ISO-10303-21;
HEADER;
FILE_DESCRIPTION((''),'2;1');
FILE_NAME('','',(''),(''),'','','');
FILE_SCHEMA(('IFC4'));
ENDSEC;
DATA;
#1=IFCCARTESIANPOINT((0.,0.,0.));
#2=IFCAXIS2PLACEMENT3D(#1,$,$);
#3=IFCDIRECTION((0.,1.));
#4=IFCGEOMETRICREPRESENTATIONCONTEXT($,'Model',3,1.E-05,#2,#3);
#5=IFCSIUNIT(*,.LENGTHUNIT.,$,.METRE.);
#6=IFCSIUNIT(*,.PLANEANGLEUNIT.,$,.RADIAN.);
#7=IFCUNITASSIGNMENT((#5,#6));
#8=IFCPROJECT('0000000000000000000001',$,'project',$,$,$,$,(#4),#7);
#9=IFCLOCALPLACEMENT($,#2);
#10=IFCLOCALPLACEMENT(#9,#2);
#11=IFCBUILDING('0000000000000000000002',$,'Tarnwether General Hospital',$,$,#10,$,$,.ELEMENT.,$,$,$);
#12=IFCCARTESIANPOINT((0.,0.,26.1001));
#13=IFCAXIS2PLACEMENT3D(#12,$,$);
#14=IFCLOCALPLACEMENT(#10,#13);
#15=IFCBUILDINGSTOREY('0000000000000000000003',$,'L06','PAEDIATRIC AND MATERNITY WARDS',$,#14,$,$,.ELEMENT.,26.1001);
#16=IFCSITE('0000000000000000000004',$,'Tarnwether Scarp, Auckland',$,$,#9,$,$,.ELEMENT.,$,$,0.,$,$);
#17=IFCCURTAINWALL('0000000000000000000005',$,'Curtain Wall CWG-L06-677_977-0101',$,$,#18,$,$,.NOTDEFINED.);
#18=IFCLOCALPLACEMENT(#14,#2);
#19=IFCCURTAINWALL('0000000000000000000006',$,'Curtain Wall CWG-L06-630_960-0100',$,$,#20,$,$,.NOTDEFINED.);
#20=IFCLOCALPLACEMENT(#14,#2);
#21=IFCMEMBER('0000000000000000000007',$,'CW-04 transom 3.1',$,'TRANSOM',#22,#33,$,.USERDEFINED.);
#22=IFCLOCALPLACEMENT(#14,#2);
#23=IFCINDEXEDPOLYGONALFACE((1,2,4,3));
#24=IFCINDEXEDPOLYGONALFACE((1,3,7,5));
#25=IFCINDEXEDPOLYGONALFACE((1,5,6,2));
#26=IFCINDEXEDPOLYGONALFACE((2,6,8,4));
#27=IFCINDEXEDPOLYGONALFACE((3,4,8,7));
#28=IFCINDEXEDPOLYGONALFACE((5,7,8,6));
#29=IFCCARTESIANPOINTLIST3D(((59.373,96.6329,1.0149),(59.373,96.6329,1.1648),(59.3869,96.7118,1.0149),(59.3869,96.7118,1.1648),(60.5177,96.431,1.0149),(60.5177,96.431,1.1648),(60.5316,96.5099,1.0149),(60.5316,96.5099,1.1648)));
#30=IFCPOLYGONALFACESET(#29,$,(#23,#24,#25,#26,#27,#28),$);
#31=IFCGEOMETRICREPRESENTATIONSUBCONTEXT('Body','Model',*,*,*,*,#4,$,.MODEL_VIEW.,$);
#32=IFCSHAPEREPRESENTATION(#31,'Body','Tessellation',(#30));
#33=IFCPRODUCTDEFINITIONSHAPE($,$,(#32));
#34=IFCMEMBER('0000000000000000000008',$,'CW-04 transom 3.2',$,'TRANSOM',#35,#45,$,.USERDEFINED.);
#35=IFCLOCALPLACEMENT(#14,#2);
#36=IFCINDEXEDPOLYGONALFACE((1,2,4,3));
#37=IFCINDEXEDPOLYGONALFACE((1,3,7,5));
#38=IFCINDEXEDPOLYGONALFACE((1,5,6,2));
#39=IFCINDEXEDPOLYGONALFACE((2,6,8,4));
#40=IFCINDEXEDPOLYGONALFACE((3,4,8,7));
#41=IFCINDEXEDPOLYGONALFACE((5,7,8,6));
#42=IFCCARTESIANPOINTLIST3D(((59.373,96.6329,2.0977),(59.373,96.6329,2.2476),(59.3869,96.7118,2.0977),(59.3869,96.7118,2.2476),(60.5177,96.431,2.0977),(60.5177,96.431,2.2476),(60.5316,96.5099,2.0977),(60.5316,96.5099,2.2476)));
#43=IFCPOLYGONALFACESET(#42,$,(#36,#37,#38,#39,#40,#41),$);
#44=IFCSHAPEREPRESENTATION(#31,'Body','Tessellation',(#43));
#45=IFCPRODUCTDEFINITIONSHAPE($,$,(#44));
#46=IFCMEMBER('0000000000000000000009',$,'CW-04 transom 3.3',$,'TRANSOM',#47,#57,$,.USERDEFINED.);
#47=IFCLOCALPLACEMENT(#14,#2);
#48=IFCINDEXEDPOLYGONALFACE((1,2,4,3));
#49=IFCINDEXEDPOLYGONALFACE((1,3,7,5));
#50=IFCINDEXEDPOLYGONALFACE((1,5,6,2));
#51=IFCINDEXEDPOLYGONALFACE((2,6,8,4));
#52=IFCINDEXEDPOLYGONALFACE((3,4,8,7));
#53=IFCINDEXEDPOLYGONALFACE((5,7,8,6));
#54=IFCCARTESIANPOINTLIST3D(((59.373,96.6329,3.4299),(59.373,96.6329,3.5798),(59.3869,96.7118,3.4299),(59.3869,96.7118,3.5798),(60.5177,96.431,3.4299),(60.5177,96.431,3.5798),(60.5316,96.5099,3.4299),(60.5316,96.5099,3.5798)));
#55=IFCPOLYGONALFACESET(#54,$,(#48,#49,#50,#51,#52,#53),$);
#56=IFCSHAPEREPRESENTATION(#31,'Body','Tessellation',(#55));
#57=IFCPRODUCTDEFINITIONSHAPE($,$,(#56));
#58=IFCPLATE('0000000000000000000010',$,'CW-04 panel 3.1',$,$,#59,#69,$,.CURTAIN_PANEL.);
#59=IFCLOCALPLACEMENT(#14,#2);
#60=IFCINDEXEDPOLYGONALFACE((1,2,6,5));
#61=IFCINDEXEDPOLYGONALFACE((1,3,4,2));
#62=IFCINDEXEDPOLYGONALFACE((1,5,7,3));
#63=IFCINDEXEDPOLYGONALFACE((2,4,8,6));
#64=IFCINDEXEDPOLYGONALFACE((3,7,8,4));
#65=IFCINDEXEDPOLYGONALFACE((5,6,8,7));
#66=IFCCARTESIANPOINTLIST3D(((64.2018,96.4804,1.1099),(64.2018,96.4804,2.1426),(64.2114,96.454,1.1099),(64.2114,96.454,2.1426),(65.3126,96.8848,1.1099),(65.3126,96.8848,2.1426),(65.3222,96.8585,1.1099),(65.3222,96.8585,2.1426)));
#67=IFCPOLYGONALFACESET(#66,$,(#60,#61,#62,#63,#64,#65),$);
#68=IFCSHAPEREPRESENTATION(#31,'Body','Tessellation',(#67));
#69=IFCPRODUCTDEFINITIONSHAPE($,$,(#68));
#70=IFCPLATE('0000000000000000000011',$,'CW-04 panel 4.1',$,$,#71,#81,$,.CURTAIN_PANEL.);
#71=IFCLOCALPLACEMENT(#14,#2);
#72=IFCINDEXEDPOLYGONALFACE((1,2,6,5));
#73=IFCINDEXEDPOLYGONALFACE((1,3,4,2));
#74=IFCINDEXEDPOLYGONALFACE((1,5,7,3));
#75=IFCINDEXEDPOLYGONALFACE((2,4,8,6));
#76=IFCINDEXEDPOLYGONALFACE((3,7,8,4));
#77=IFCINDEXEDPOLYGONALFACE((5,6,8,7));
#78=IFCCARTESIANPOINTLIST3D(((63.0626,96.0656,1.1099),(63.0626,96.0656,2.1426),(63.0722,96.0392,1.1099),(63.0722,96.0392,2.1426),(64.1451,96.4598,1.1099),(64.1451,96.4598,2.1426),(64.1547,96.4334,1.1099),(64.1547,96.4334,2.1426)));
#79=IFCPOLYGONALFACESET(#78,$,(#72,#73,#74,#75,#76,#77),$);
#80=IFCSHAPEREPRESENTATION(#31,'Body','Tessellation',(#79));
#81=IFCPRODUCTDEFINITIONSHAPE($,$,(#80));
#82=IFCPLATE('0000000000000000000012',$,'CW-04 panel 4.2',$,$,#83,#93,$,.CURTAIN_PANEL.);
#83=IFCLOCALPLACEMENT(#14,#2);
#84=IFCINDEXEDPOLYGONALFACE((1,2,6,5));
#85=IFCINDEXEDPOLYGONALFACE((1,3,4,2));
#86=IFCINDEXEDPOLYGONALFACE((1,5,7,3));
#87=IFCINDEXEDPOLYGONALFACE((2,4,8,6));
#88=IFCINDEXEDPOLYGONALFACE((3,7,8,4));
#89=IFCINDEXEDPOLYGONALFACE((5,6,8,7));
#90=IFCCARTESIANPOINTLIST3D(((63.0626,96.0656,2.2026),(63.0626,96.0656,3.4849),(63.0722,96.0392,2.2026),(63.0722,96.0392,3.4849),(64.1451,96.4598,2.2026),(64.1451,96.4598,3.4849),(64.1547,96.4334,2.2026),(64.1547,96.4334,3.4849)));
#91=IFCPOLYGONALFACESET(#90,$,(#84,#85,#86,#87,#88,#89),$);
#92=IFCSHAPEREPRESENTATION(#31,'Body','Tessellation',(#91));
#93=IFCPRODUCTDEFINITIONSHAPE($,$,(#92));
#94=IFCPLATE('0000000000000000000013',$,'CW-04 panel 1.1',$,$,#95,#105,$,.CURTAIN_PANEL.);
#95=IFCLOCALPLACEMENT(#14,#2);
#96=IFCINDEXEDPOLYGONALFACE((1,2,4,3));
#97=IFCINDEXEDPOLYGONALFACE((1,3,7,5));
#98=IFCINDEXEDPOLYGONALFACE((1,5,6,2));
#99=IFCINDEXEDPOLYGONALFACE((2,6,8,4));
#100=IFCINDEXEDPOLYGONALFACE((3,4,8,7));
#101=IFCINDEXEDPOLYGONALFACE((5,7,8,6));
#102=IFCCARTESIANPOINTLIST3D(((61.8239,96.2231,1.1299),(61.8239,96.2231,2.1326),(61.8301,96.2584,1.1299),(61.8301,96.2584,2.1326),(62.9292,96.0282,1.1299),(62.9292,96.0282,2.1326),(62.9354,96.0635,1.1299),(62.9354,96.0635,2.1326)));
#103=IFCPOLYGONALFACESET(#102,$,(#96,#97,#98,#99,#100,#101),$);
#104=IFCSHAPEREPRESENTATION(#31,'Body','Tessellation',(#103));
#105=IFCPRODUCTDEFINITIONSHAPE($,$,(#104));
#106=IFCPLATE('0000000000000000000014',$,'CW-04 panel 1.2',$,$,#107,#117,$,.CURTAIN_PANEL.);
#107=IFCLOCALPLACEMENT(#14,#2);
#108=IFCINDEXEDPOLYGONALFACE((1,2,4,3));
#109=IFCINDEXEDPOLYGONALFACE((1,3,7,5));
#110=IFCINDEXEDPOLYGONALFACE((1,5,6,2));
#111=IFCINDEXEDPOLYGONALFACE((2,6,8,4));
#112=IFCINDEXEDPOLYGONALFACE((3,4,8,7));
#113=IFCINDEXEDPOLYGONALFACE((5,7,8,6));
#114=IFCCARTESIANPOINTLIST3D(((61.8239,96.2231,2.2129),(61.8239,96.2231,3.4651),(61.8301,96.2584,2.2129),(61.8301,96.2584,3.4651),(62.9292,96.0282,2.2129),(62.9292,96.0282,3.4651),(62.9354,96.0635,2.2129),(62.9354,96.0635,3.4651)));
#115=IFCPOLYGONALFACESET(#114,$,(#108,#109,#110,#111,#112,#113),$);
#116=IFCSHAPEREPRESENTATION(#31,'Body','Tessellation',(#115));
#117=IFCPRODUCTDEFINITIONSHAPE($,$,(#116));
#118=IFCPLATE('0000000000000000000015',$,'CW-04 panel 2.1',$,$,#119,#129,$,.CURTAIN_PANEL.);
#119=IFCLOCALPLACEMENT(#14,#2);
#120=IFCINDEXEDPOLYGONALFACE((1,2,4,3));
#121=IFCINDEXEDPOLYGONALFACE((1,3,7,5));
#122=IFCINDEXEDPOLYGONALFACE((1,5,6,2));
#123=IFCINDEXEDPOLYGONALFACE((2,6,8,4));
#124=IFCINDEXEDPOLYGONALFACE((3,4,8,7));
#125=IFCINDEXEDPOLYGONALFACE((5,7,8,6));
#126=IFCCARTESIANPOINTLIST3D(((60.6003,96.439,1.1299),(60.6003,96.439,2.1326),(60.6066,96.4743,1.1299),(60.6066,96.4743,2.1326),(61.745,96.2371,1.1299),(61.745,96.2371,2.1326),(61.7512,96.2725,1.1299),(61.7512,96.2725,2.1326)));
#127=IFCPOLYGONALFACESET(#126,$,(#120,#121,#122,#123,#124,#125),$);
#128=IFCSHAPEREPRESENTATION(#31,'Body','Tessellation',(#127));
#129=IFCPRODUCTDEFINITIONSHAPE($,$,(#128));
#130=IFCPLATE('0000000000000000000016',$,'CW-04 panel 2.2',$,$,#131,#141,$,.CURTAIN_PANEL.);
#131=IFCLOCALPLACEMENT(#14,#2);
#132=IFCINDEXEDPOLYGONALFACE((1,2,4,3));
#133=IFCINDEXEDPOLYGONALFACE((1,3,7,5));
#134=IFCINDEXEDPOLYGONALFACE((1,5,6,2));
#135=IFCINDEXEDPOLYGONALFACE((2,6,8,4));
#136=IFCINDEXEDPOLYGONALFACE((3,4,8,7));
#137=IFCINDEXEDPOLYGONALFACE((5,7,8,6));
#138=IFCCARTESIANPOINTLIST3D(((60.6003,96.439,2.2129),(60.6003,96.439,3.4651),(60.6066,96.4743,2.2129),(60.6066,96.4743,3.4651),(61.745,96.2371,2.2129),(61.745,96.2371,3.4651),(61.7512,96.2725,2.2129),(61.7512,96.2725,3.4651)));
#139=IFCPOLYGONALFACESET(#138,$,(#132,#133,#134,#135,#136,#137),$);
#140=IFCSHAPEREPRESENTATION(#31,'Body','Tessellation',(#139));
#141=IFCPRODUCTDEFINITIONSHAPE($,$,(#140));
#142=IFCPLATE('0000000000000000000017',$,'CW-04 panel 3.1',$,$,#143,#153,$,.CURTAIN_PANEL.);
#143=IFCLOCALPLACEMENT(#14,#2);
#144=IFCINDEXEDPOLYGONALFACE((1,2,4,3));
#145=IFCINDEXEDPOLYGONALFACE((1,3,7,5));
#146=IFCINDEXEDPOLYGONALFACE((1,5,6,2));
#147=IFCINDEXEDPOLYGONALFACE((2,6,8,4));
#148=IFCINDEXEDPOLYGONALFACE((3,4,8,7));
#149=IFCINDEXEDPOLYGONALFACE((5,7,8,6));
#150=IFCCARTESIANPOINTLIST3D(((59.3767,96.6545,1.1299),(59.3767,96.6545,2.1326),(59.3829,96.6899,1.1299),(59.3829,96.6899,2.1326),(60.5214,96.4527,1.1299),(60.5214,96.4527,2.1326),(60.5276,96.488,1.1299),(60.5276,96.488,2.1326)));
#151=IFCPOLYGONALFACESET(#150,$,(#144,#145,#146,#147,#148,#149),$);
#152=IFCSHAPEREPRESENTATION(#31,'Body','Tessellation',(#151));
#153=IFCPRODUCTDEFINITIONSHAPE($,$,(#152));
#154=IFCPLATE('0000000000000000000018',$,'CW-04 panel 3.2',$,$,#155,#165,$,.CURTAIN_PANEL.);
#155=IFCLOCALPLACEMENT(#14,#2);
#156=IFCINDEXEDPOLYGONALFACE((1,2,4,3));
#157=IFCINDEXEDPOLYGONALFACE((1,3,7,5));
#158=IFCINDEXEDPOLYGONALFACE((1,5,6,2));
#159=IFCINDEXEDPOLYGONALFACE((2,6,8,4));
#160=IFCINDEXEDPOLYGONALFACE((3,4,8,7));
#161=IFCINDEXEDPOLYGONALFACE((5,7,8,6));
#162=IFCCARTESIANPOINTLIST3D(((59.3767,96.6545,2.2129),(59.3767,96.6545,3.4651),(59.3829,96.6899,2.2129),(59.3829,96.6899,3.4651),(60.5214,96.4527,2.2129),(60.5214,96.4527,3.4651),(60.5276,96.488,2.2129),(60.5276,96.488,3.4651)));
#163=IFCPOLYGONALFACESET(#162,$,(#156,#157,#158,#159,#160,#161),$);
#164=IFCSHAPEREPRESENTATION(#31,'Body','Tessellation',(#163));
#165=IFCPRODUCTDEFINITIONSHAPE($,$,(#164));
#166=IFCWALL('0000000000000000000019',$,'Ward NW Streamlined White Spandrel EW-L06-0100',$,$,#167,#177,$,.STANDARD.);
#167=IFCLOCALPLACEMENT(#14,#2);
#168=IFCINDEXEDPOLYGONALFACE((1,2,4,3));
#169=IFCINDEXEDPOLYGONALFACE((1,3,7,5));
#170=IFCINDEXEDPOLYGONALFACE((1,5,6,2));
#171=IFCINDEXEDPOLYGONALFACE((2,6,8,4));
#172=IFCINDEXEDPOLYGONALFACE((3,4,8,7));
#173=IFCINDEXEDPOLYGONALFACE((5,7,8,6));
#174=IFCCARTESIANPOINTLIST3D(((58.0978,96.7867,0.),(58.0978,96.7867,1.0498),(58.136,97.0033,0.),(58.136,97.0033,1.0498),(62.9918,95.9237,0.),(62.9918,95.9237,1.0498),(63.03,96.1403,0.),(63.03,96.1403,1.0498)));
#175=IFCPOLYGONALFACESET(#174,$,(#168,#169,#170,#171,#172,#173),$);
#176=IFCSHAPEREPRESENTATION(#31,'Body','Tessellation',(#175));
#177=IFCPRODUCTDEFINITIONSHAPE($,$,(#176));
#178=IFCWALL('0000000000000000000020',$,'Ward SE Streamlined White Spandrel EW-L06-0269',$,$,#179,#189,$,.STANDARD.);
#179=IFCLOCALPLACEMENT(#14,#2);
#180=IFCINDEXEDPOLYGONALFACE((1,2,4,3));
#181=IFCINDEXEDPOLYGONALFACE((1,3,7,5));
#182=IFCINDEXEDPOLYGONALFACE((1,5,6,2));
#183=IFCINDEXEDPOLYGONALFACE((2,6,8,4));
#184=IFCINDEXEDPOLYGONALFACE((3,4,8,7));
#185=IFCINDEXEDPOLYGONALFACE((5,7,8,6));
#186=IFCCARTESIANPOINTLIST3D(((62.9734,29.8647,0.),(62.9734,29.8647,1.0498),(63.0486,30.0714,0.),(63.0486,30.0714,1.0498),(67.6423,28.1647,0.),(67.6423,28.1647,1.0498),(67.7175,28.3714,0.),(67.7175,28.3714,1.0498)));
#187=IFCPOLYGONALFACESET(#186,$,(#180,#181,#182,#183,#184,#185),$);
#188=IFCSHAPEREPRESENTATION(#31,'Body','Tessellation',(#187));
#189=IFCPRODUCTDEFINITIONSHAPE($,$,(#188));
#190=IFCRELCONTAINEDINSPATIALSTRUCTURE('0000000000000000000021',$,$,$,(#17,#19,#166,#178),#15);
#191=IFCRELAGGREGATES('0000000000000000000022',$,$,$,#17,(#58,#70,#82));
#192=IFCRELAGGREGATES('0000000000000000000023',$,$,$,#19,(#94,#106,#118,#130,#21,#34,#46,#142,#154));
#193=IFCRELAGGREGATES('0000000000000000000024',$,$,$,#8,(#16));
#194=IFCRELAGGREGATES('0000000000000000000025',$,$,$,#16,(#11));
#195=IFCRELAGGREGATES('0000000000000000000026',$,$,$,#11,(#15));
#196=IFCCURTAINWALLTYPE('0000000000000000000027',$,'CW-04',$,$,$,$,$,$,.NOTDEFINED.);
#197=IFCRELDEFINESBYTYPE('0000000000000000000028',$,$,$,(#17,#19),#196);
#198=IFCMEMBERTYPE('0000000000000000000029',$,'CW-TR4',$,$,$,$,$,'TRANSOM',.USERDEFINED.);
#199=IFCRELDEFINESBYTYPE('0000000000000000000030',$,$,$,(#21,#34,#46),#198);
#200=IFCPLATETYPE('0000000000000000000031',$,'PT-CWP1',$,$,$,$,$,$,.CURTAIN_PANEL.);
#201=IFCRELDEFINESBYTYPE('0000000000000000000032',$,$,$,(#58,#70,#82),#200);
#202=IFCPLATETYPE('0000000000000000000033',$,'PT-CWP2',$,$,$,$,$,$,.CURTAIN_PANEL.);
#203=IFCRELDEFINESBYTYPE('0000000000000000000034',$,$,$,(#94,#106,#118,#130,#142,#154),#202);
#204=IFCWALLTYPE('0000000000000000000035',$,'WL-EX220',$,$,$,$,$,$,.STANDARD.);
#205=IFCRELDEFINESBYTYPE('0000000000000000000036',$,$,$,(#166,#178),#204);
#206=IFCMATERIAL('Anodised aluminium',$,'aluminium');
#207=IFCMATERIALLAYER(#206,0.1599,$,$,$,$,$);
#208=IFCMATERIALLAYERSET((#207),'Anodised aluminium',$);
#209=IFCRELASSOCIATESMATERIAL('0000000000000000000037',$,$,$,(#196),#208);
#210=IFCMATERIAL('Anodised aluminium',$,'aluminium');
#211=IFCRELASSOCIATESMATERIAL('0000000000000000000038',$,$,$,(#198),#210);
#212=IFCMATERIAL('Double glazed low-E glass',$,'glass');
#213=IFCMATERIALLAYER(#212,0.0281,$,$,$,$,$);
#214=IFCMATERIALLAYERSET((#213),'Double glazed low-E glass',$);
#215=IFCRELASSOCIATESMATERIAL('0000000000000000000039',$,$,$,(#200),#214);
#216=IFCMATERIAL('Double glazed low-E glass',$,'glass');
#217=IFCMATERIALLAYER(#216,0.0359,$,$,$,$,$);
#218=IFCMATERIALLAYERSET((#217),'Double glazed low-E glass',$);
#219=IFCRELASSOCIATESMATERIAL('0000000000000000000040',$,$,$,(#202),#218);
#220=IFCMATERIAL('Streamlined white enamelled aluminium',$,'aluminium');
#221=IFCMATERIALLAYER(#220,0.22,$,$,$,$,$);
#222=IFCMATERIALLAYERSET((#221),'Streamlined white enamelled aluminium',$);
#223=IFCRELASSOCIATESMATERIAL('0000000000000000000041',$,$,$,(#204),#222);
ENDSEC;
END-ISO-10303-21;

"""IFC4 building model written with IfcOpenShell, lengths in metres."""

from ifc_helpers import new_model, si_unit, direction, frame, frame_2d, origin, origin_2d, place, context, subcontext, project, spatial, rectangle, extrude, material, layer, layer_set, material_profile, profile_set, type_object, element, aggregate, save


model = new_model("IFC4")

# Units and contexts
model_context = context("Model", 3, precision=1e-05, world=origin(), true_north=direction((0.0, 1.0)))
body_context = subcontext(model_context, "Body", "Model", "MODEL_VIEW")
ifc_project = project(units=[si_unit("LENGTHUNIT", "METRE"), si_unit("PLANEANGLEUNIT", "RADIAN")], contexts=[model_context])

# Site, building, storey
site_placement = place(None, origin())
site = spatial("IfcSite", under=ifc_project, at=site_placement, Name="Tarnwether Scarp, Auckland", CompositionType="ELEMENT", RefElevation=0.0)
building_placement = place(site_placement, origin())
building = spatial("IfcBuilding", under=site, at=building_placement, Name="Tarnwether General Hospital", CompositionType="ELEMENT")
storey_placement = place(building_placement, frame((0.0, 0.0, 26.1001)))
storey = spatial("IfcBuildingStorey", under=building, at=storey_placement, Name="L06", Description="PAEDIATRIC AND MATERNITY WARDS", CompositionType="ELEMENT", Elevation=26.1001)

# Curtain walls
ifc_material_1 = material(Name="Anodised aluminium", Category="aluminium")
ifc_layer_1 = layer(ifc_material_1, 0.1599)
ifc_layer_set_1 = layer_set([ifc_layer_1], Name="Anodised aluminium")
curtain_wall_type = type_object("IfcCurtainWallType", Name="CW-04", PredefinedType="NOTDEFINED", material=ifc_layer_set_1)
curtain_wall_1_placement = place(storey_placement, origin())
curtain_wall_1 = element("IfcCurtainWall", 1, at=curtain_wall_1_placement, inside=storey, type_object=curtain_wall_type, Name="Curtain Wall CWG-L06-677_977-0101", PredefinedType="NOTDEFINED")
curtain_wall_2_placement = place(storey_placement, origin())
curtain_wall_2 = element("IfcCurtainWall", 2, at=curtain_wall_2_placement, inside=storey, type_object=curtain_wall_type, Name="Curtain Wall CWG-L06-630_960-0100", PredefinedType="NOTDEFINED")

# Members
ifc_material_2 = material(Name="Anodised aluminium", Category="aluminium")
ifc_material_profile_1 = material_profile(ifc_material_2, rectangle(XDim=0.0801, YDim=0.1499, at=origin_2d()), Name="ALU-TRN-80x150")
ifc_profile_set_1 = profile_set([ifc_material_profile_1], Name="Anodised aluminium")
member_type_1 = type_object("IfcMemberType", Name="CW-TR4", ElementType="TRANSOM", PredefinedType="USERDEFINED", material=ifc_profile_set_1)
member_1_placement = place(storey_placement, frame((60.5247, 96.4705, 1.0898), z_axis=(-0.9848, 0.173689, 0.0), x_axis=(-0.173689, -0.9848, 0.0)))
member_1 = element("IfcMember", 3, at=member_1_placement, type_object=member_type_1, Name="CW-04 transom 3.1", ObjectType="TRANSOM", PredefinedType="USERDEFINED", context=body_context, shape_type="SweptSolid", body=[
    extrude(rectangle(XDim=0.0801, YDim=0.1499, at=origin_2d()), origin(), (0.0, 0.0, 1.0), 1.1624),
])
member_2_placement = place(storey_placement, frame((60.5247, 96.4705, 2.1726), z_axis=(-0.9848, 0.173689, 0.0), x_axis=(-0.173689, -0.9848, 0.0)))
member_2 = element("IfcMember", 4, at=member_2_placement, type_object=member_type_1, Name="CW-04 transom 3.2", ObjectType="TRANSOM", PredefinedType="USERDEFINED", context=body_context, shape_type="SweptSolid", body=[
    extrude(rectangle(XDim=0.0801, YDim=0.1499, at=origin_2d()), origin(), (0.0, 0.0, 1.0), 1.1624),
])
member_3_placement = place(storey_placement, frame((60.5247, 96.4705, 3.5049), z_axis=(-0.9848, 0.173689, 0.0), x_axis=(-0.173689, -0.9848, 0.0)))
member_3 = element("IfcMember", 5, at=member_3_placement, type_object=member_type_1, Name="CW-04 transom 3.3", ObjectType="TRANSOM", PredefinedType="USERDEFINED", context=body_context, shape_type="SweptSolid", body=[
    extrude(rectangle(XDim=0.0801, YDim=0.1499, at=origin_2d()), origin(), (0.0, 0.0, 1.0), 1.1624),
])

# Plates
ifc_material_3 = material(Name="Double glazed low-E glass", Category="glass")
ifc_layer_2 = layer(ifc_material_3, 0.0281)
ifc_layer_set_2 = layer_set([ifc_layer_2], Name="Double glazed low-E glass")
plate_type_1 = type_object("IfcPlateType", Name="PT-CWP1", PredefinedType="CURTAIN_PANEL", material=ifc_layer_set_2)
plate_1_placement = place(storey_placement, frame((64.762, 96.6694, 1.1099), z_axis=(0.0, 0.0, 1.0), x_axis=(-0.939652, -0.342131, 0.0)))
plate_1 = element("IfcPlate", 6, at=plate_1_placement, type_object=plate_type_1, Name="CW-04 panel 3.1", PredefinedType="CURTAIN_PANEL", context=body_context, shape_type="SweptSolid", body=[
    extrude(rectangle(XDim=1.1821, YDim=0.0281, at=origin_2d()), origin(), (0.0, 0.0, 1.0), 1.0327),
])
plate_2_placement = place(storey_placement, frame((63.6086, 96.2495, 1.1099), z_axis=(0.0, 0.0, 1.0), x_axis=(-0.939652, -0.342131, 0.0)))
plate_2 = element("IfcPlate", 7, at=plate_2_placement, type_object=plate_type_1, Name="CW-04 panel 4.1", PredefinedType="CURTAIN_PANEL", context=body_context, shape_type="SweptSolid", body=[
    extrude(rectangle(XDim=1.1521, YDim=0.0281, at=origin_2d()), origin(), (0.0, 0.0, 1.0), 1.0327),
])
plate_3_placement = place(storey_placement, frame((63.6086, 96.2495, 2.2026), z_axis=(0.0, 0.0, 1.0), x_axis=(-0.939652, -0.342131, 0.0)))
plate_3 = element("IfcPlate", 8, at=plate_3_placement, type_object=plate_type_1, Name="CW-04 panel 4.2", PredefinedType="CURTAIN_PANEL", context=body_context, shape_type="SweptSolid", body=[
    extrude(rectangle(XDim=1.1521, YDim=0.0281, at=origin_2d()), origin(), (0.0, 0.0, 1.0), 1.2822),
])
aggregate(curtain_wall_1, [plate_1, plate_2, plate_3])
ifc_material_4 = material(Name="Double glazed low-E glass", Category="glass")
ifc_layer_3 = layer(ifc_material_4, 0.0359)
ifc_layer_set_3 = layer_set([ifc_layer_3], Name="Double glazed low-E glass")
plate_type_2 = type_object("IfcPlateType", Name="PT-CWP2", PredefinedType="CURTAIN_PANEL", material=ifc_layer_set_3)
plate_4_placement = place(storey_placement, frame((62.3796, 96.1433, 1.1299), z_axis=(0.0, 0.0, 1.0), x_axis=(-0.984806, 0.173659, 0.0)))
plate_4 = element("IfcPlate", 9, at=plate_4_placement, type_object=plate_type_2, Name="CW-04 panel 1.1", PredefinedType="CURTAIN_PANEL", context=body_context, shape_type="SweptSolid", body=[
    extrude(rectangle(XDim=1.1223, YDim=0.0359, at=origin_2d()), origin(), (0.0, 0.0, 1.0), 1.0027),
])
plate_5_placement = place(storey_placement, frame((62.3796, 96.1433, 2.2129), z_axis=(0.0, 0.0, 1.0), x_axis=(-0.984806, 0.173659, 0.0)))
plate_5 = element("IfcPlate", 10, at=plate_5_placement, type_object=plate_type_2, Name="CW-04 panel 1.2", PredefinedType="CURTAIN_PANEL", context=body_context, shape_type="SweptSolid", body=[
    extrude(rectangle(XDim=1.1223, YDim=0.0359, at=origin_2d()), origin(), (0.0, 0.0, 1.0), 1.2522),
])
plate_6_placement = place(storey_placement, frame((61.1758, 96.3557, 1.1299), z_axis=(0.0, 0.0, 1.0), x_axis=(-0.984806, 0.173659, 0.0)))
plate_6 = element("IfcPlate", 11, at=plate_6_placement, type_object=plate_type_2, Name="CW-04 panel 2.1", PredefinedType="CURTAIN_PANEL", context=body_context, shape_type="SweptSolid", body=[
    extrude(rectangle(XDim=1.1624, YDim=0.0359, at=origin_2d()), origin(), (0.0, 0.0, 1.0), 1.0027),
])
plate_7_placement = place(storey_placement, frame((61.1758, 96.3557, 2.2129), z_axis=(0.0, 0.0, 1.0), x_axis=(-0.984806, 0.173659, 0.0)))
plate_7 = element("IfcPlate", 12, at=plate_7_placement, type_object=plate_type_2, Name="CW-04 panel 2.2", PredefinedType="CURTAIN_PANEL", context=body_context, shape_type="SweptSolid", body=[
    extrude(rectangle(XDim=1.1624, YDim=0.0359, at=origin_2d()), origin(), (0.0, 0.0, 1.0), 1.2522),
])
plate_8_placement = place(storey_placement, frame((59.9521, 96.5713, 1.1299), z_axis=(0.0, 0.0, 1.0), x_axis=(-0.984806, 0.173659, 0.0)))
plate_8 = element("IfcPlate", 13, at=plate_8_placement, type_object=plate_type_2, Name="CW-04 panel 3.1", PredefinedType="CURTAIN_PANEL", context=body_context, shape_type="SweptSolid", body=[
    extrude(rectangle(XDim=1.1624, YDim=0.0359, at=origin_2d()), origin(), (0.0, 0.0, 1.0), 1.0027),
])
plate_9_placement = place(storey_placement, frame((59.9521, 96.5713, 2.2129), z_axis=(0.0, 0.0, 1.0), x_axis=(-0.984806, 0.173659, 0.0)))
plate_9 = element("IfcPlate", 14, at=plate_9_placement, type_object=plate_type_2, Name="CW-04 panel 3.2", PredefinedType="CURTAIN_PANEL", context=body_context, shape_type="SweptSolid", body=[
    extrude(rectangle(XDim=1.1624, YDim=0.0359, at=origin_2d()), origin(), (0.0, 0.0, 1.0), 1.2522),
])
aggregate(curtain_wall_2, [plate_4, plate_5, plate_6, plate_7, member_1, member_2, member_3, plate_8, plate_9])

# Walls
ifc_material_5 = material(Name="Streamlined white enamelled aluminium", Category="aluminium")
ifc_layer_4 = layer(ifc_material_5, 0.22)
ifc_layer_set_4 = layer_set([ifc_layer_4], Name="Streamlined white enamelled aluminium")
wall_type = type_object("IfcWallType", Name="WL-EX220", PredefinedType="STANDARD", material=ifc_layer_set_4)
wall_1_placement = place(storey_placement, frame((63.011, 96.032, 0.0), z_axis=(0.0, 0.0, 1.0), x_axis=(-0.984805, 0.173665, 0.0)))
element("IfcWall", 15, at=wall_1_placement, inside=storey, type_object=wall_type, Name="Ward NW Streamlined White Spandrel EW-L06-0100", PredefinedType="STANDARD", context=body_context, shape_type="SweptSolid", body=[
    extrude(rectangle(XDim=4.9695, YDim=0.22, at=frame_2d((2.4849, 0.0))), origin(), (0.0, 0.0, 1.0), 1.0498),
])
wall_2_placement = place(storey_placement, frame((63.011, 29.968, 0.0), z_axis=(0.0, 0.0, 1.0), x_axis=(0.939654, -0.342126, 0.0)))
element("IfcWall", 16, at=wall_2_placement, inside=storey, type_object=wall_type, Name="Ward SE Streamlined White Spandrel EW-L06-0269", PredefinedType="STANDARD", context=body_context, shape_type="SweptSolid", body=[
    extrude(rectangle(XDim=4.9688, YDim=0.22, at=frame_2d((2.4844, 0.0))), origin(), (0.0, 0.0, 1.0), 1.0498),
])

save(model, "model.ifc")
